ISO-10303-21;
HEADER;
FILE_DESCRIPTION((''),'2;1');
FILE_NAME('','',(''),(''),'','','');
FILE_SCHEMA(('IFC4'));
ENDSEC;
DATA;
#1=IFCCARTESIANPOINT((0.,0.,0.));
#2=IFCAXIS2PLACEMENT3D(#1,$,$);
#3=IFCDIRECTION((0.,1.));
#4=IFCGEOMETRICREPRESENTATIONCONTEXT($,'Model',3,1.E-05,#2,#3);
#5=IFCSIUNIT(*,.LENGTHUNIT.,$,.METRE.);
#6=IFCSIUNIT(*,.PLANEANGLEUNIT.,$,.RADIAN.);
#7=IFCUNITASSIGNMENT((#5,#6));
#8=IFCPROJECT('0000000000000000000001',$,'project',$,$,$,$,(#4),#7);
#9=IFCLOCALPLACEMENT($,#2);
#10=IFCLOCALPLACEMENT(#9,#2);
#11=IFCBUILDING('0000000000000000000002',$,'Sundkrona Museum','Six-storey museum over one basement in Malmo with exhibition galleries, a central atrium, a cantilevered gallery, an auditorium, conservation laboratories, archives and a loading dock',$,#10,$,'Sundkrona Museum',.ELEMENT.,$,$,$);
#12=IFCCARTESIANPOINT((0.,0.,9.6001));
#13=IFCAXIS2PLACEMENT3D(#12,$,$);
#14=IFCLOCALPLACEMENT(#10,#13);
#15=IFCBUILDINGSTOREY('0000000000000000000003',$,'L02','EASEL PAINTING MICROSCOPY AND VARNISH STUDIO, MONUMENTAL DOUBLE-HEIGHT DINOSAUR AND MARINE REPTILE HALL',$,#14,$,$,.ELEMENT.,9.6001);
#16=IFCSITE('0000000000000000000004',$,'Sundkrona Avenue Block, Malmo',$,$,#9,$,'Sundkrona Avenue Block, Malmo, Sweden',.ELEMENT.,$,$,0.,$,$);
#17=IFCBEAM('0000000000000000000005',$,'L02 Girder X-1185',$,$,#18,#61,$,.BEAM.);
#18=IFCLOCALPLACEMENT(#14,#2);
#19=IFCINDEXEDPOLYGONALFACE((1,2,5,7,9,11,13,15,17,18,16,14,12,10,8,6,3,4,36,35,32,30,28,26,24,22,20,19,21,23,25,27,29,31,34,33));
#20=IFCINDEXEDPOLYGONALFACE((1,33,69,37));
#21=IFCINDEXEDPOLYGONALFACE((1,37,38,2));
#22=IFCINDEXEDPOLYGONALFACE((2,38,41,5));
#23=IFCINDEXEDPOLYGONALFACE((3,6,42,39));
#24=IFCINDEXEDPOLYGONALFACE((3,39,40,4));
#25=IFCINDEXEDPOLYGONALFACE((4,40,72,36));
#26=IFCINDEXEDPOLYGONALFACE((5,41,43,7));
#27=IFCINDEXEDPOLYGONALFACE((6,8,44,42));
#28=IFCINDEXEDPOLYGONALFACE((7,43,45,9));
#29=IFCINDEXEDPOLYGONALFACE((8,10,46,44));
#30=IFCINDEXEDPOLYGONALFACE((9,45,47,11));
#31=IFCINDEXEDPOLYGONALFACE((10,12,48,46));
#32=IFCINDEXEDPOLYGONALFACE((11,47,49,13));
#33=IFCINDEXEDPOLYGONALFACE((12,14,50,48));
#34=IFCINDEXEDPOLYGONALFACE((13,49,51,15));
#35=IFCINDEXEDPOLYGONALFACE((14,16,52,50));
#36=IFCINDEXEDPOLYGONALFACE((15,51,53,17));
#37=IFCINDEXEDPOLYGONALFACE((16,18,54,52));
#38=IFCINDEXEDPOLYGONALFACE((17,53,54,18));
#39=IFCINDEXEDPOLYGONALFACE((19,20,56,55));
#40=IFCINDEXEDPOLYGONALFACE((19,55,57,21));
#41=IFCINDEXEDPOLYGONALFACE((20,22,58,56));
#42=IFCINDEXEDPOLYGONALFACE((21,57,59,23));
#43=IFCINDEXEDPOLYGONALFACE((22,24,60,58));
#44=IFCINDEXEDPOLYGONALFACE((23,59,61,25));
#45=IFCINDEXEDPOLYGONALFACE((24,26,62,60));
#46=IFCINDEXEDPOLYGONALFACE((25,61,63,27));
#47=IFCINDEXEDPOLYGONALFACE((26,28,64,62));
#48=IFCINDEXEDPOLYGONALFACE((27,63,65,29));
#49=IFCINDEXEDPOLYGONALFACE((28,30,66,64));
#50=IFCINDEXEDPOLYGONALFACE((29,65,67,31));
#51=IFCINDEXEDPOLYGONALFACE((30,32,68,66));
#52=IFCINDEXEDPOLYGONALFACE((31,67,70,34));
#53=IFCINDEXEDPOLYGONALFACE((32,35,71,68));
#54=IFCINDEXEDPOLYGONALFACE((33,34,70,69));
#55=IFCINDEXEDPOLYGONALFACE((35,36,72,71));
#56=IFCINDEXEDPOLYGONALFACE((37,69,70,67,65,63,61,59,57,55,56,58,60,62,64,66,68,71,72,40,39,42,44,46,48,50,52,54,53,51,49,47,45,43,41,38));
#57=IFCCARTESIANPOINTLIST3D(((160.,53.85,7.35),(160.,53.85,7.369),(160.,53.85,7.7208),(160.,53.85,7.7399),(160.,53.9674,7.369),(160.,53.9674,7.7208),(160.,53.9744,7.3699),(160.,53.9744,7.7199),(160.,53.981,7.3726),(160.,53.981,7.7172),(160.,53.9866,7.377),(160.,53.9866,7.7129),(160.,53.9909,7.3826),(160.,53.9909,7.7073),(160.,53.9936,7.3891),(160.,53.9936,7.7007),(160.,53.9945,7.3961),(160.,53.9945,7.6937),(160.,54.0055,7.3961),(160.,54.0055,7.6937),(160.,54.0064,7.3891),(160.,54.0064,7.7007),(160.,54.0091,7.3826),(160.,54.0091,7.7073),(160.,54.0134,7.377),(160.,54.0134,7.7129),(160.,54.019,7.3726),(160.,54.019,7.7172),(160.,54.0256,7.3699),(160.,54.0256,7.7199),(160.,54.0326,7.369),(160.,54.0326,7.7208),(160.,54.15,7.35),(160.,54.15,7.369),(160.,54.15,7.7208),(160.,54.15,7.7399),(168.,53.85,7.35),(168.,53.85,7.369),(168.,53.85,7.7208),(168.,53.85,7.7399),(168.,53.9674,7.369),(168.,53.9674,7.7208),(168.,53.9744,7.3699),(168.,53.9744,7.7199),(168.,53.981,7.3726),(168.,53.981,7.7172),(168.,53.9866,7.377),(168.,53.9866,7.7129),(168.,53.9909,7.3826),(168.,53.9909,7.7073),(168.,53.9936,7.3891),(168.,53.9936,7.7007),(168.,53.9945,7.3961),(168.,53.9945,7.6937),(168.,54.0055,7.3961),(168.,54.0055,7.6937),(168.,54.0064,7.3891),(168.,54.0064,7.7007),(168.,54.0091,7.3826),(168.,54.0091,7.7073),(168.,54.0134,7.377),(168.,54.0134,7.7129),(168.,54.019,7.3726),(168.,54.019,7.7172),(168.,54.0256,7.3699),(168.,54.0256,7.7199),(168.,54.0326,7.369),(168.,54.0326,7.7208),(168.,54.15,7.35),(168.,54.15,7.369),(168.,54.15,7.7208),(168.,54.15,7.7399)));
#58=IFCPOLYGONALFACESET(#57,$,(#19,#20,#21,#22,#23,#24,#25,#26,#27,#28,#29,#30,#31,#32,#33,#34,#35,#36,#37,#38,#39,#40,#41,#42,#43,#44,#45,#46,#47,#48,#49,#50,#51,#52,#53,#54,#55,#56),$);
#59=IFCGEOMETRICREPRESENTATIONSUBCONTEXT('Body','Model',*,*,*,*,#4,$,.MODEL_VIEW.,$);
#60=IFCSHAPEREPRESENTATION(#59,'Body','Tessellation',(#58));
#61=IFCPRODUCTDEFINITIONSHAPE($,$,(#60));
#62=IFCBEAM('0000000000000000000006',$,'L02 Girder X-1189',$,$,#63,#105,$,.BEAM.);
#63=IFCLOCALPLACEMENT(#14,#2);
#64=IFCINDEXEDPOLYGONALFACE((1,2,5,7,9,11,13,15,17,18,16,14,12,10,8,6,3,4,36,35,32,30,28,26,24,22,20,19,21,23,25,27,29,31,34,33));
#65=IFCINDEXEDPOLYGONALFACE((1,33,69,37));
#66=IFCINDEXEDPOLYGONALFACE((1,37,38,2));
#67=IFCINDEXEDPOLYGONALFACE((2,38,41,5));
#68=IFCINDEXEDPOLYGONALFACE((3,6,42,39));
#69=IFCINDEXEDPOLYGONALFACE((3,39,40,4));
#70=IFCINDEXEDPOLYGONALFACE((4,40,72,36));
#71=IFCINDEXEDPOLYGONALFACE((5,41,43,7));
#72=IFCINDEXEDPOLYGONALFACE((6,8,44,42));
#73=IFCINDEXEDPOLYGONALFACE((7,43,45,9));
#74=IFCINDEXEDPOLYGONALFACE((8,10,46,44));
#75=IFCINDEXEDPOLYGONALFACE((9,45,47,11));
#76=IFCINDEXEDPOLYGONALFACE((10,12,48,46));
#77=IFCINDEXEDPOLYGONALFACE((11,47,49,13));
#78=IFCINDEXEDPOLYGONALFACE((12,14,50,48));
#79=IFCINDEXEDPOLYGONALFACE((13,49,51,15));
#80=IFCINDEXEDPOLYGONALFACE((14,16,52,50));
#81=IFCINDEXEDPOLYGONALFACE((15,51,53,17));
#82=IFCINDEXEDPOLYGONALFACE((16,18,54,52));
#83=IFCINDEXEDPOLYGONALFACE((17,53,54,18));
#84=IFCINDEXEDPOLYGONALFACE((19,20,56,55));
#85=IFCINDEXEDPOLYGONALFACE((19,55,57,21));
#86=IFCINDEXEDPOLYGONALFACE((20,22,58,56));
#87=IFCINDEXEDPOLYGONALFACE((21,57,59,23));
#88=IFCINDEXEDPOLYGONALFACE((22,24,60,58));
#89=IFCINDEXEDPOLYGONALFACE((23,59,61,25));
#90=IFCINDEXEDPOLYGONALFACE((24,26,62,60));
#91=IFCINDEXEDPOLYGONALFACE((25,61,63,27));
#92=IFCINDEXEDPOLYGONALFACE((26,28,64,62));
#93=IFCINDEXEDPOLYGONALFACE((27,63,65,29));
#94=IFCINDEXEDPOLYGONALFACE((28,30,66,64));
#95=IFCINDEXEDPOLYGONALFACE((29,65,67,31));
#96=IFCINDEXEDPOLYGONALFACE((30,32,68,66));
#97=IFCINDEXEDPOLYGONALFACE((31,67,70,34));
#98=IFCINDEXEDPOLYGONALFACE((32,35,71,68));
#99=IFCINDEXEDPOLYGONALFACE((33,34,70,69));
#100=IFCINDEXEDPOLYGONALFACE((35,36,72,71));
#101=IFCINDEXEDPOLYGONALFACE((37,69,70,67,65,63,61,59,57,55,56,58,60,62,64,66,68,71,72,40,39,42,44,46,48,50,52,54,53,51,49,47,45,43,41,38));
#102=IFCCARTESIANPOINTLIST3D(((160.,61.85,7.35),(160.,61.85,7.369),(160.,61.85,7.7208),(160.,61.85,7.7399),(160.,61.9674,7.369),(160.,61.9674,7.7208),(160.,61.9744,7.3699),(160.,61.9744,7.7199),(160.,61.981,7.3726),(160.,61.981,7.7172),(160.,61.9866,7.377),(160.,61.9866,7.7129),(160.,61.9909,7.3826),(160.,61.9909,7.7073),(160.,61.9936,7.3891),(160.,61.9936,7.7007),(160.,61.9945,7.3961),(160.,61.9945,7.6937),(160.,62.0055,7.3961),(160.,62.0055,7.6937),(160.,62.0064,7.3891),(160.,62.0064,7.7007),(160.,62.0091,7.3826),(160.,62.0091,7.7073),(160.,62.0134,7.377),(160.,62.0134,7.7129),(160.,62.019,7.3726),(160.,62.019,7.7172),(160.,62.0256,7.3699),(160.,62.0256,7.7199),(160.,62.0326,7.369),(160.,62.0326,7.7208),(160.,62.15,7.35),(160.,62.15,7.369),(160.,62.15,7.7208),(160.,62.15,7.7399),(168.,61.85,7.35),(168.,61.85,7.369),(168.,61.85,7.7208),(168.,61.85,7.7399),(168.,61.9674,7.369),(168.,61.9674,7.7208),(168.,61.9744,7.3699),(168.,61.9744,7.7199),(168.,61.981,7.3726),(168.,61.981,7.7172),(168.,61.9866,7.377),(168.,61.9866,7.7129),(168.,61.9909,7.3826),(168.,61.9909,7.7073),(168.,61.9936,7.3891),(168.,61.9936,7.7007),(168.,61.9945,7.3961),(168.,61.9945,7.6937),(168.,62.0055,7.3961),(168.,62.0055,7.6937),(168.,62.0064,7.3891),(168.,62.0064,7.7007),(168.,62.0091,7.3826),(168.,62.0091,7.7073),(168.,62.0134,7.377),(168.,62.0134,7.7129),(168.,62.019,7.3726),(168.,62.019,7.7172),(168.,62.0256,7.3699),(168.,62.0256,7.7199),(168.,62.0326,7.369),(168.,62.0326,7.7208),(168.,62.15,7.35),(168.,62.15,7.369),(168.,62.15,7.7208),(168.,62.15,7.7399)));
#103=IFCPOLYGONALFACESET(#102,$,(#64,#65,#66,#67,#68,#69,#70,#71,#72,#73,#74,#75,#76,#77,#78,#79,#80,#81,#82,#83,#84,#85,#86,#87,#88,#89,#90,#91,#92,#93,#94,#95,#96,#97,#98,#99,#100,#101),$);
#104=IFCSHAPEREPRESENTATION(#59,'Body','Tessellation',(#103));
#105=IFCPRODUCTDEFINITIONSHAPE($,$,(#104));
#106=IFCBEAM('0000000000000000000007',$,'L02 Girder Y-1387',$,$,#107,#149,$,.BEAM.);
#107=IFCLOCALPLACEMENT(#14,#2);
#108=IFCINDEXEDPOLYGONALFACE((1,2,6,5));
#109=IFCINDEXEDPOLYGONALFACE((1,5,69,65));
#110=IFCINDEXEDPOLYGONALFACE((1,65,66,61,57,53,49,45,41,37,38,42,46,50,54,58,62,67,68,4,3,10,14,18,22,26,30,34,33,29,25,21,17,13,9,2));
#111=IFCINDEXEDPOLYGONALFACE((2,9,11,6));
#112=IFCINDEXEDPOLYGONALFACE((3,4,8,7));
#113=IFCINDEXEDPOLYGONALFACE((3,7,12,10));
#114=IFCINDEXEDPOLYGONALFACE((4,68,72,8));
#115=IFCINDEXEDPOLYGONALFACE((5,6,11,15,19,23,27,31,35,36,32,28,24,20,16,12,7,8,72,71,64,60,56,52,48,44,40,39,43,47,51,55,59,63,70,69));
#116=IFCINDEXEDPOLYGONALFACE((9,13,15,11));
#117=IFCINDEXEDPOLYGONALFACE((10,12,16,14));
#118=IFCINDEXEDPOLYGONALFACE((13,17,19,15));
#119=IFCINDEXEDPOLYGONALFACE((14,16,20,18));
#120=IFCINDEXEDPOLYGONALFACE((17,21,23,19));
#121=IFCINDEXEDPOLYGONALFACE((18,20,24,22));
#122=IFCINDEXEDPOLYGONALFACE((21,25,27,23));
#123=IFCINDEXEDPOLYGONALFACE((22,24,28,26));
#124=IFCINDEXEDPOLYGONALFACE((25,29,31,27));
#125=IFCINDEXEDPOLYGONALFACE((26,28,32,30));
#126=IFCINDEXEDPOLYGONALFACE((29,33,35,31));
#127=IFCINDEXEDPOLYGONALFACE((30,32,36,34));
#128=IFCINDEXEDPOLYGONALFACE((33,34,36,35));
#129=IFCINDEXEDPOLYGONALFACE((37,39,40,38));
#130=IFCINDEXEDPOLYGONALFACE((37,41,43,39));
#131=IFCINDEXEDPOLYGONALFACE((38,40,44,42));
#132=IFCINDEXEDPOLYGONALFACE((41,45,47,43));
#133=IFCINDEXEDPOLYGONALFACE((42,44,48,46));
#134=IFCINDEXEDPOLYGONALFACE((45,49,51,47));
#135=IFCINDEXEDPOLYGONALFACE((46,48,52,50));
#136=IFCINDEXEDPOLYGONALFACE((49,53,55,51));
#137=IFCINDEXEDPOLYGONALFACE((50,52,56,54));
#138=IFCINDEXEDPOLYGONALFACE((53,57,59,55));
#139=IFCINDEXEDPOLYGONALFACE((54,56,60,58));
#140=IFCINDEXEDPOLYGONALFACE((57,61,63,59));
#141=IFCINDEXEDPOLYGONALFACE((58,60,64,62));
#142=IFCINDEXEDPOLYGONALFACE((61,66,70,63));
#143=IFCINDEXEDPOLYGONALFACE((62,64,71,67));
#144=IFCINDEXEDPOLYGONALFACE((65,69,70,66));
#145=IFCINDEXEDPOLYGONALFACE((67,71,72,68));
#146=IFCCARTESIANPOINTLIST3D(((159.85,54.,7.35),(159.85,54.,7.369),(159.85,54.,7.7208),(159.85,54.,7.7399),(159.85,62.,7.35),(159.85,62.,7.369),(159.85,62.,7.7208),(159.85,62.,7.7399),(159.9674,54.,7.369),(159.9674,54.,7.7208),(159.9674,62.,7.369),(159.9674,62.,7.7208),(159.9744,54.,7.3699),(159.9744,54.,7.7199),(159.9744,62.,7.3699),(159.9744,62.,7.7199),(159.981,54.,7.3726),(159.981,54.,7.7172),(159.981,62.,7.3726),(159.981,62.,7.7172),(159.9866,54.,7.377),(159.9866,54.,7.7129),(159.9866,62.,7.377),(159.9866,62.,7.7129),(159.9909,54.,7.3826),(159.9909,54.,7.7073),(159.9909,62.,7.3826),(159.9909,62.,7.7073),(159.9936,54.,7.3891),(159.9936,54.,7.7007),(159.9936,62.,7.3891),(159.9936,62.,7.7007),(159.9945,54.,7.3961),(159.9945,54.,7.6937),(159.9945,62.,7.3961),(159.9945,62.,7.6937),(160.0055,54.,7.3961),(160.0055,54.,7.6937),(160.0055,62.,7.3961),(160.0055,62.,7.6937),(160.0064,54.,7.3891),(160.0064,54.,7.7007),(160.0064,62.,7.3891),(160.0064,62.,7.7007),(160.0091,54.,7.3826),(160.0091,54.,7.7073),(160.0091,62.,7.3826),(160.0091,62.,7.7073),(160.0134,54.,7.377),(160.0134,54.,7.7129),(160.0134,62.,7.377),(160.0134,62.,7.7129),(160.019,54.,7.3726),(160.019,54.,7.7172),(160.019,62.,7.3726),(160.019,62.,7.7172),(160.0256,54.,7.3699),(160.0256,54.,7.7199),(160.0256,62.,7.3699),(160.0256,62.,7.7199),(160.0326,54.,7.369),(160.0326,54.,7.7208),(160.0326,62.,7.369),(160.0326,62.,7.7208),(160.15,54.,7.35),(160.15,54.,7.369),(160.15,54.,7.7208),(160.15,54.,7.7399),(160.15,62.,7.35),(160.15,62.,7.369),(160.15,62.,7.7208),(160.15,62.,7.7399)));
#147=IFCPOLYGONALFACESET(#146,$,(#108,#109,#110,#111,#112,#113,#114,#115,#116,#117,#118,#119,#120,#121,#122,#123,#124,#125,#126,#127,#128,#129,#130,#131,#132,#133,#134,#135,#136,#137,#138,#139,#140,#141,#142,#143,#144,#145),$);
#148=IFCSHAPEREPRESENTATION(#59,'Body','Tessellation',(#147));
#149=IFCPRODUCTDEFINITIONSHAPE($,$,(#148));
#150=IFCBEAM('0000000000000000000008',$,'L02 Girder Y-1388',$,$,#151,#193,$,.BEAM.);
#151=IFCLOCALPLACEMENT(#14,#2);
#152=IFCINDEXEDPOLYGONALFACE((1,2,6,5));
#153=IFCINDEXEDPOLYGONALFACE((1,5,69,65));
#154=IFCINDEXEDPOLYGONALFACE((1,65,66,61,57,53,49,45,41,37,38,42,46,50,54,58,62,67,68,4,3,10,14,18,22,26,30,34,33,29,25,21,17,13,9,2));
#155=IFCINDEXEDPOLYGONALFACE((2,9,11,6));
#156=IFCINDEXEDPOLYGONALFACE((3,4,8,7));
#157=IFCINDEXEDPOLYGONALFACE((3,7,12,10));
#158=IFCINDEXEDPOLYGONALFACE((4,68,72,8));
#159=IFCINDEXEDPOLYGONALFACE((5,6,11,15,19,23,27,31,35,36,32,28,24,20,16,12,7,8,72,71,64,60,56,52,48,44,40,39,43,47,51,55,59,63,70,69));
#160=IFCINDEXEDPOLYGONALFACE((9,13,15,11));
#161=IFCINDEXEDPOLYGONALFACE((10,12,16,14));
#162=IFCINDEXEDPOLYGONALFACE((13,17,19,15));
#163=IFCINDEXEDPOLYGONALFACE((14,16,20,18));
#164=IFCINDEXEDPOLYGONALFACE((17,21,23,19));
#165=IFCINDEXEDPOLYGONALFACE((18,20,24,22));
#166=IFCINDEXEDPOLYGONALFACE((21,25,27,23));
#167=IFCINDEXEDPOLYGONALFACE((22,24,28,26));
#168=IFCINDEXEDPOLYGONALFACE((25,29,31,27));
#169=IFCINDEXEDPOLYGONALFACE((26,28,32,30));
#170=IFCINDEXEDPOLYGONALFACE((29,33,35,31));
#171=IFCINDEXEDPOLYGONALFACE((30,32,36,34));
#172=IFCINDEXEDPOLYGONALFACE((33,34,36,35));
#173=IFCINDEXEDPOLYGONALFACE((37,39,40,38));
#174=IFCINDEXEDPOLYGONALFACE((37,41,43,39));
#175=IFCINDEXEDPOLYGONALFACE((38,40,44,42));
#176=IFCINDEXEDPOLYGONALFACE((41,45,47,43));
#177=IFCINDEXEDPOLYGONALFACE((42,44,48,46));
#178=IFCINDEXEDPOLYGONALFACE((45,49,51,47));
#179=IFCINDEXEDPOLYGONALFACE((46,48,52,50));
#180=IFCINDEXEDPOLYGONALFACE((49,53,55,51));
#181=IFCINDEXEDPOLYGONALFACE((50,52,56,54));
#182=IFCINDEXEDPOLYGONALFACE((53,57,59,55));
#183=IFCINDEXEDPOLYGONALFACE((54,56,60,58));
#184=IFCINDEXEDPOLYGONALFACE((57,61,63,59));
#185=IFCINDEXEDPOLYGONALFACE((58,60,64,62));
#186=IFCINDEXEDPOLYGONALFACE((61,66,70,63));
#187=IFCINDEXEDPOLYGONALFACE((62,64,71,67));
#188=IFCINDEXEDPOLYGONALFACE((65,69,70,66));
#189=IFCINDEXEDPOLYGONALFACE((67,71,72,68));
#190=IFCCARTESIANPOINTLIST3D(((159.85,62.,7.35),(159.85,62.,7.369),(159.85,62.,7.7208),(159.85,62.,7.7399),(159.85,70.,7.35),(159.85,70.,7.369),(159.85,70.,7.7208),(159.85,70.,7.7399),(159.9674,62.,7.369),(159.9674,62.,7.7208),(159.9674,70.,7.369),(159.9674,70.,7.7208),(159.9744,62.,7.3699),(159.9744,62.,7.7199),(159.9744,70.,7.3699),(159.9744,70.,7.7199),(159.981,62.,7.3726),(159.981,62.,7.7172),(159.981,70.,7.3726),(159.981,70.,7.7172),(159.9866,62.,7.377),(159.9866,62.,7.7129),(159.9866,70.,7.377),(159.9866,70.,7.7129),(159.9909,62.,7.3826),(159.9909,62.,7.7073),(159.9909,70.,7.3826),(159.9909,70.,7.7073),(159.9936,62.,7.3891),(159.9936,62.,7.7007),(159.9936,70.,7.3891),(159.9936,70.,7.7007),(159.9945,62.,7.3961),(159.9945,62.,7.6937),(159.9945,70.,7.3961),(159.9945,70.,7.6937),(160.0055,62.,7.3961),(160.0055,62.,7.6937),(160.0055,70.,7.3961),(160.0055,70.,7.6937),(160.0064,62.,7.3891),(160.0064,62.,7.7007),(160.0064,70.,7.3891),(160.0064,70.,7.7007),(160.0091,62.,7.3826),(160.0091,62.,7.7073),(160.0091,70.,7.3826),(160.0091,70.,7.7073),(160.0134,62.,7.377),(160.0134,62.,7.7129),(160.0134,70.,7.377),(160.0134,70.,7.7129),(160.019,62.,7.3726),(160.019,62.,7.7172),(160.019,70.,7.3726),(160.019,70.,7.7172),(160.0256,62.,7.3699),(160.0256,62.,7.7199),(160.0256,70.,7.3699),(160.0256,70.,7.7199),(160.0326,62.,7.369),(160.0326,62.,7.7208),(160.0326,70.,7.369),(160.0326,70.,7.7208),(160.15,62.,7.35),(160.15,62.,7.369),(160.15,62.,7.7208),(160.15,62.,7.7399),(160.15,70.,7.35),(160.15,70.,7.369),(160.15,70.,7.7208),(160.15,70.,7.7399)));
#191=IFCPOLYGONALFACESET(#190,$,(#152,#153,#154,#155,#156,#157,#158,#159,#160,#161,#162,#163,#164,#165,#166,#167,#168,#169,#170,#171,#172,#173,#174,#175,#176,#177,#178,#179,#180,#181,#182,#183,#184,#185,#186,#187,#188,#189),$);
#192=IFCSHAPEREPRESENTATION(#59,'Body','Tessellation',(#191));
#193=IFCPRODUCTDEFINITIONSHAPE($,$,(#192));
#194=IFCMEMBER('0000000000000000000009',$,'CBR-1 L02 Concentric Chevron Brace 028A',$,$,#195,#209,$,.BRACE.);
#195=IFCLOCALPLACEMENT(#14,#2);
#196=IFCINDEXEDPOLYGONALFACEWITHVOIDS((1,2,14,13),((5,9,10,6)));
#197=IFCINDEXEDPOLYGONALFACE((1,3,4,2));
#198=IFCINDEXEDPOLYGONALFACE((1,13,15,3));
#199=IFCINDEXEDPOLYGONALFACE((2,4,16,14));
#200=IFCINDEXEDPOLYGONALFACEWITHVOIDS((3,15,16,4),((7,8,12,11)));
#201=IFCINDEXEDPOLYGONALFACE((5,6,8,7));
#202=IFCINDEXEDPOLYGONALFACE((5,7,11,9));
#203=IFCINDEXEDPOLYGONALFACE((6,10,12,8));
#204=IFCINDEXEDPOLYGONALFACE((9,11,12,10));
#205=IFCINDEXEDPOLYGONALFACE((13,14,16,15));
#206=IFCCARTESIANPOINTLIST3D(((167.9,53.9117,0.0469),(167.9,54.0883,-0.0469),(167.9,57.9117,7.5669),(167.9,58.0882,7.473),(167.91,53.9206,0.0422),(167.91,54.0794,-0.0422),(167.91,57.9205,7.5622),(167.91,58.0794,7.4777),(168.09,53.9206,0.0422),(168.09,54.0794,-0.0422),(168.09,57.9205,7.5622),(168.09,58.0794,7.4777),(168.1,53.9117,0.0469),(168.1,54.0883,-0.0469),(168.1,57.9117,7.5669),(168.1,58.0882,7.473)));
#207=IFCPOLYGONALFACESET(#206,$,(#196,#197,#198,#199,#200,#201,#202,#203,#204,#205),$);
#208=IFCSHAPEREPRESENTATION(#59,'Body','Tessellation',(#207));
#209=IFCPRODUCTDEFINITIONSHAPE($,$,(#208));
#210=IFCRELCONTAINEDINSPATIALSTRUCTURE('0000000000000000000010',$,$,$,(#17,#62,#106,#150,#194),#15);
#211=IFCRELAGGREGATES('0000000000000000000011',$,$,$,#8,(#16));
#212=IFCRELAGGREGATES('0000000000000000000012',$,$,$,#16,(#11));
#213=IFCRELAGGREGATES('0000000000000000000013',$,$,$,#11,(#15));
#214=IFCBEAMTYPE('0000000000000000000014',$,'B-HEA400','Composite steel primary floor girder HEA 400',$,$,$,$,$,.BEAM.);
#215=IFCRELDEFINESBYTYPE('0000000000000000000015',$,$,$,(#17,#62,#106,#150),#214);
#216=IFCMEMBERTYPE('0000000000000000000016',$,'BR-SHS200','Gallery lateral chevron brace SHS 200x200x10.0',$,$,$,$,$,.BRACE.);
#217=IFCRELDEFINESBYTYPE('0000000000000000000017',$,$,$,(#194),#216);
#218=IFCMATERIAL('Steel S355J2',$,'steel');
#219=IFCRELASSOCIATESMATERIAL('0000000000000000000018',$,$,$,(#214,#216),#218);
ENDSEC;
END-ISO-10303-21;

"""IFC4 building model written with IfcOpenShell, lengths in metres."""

from ifc_helpers import new_model, si_unit, direction, frame, origin, origin_2d, place, context, subcontext, project, spatial, hollow_rectangle, i_section, extrude, material, material_profile, profile_set, type_object, element, save


model = new_model("IFC4")

# Units and contexts
model_context = context("Model", 3, precision=1e-05, world=origin(), true_north=direction((0.0, 1.0)))
body_context = subcontext(model_context, "Body", "Model", "MODEL_VIEW")
ifc_project = project(units=[si_unit("LENGTHUNIT", "METRE"), si_unit("PLANEANGLEUNIT", "RADIAN")], contexts=[model_context])

# Site, building, storey
site_placement = place(None, origin())
site = spatial("IfcSite", under=ifc_project, at=site_placement, Name="Sundkrona Avenue Block, Malmo", LongName="Sundkrona Avenue Block, Malmo, Sweden", CompositionType="ELEMENT", RefElevation=0.0)
building_placement = place(site_placement, origin())
building = spatial("IfcBuilding", under=site, at=building_placement, Name="Sundkrona Museum", Description="Six-storey museum over one basement in Malmo with exhibition galleries, a central atrium, a cantilevered gallery, an auditorium, conservation laboratories, archives and a loading dock", LongName="Sundkrona Museum", CompositionType="ELEMENT")
storey_placement = place(building_placement, frame((0.0, 0.0, 9.6001)))
storey = spatial("IfcBuildingStorey", under=building, at=storey_placement, Name="L02", Description="EASEL PAINTING MICROSCOPY AND VARNISH STUDIO, MONUMENTAL DOUBLE-HEIGHT DINOSAUR AND MARINE REPTILE HALL", CompositionType="ELEMENT", Elevation=9.6001)

# Shared definitions
ifc_material_1 = material(Name="Steel S355J2", Category="steel")

# Beams
ifc_material_profile_1 = material_profile(ifc_material_1, i_section(OverallWidth=0.3, OverallDepth=0.3899, WebThickness=0.011, FlangeThickness=0.019, FilletRadius=0.0271, at=origin_2d()), Name="HEA 400")
ifc_profile_set_1 = profile_set([ifc_material_profile_1], Name="Steel S355J2")
beam_type_1 = type_object("IfcBeamType", Name="B-HEA400", Description="Composite steel primary floor girder HEA 400", PredefinedType="BEAM", material=ifc_profile_set_1)
for number, where, z_axis, x_axis, name in (
    (1, (160.0, 54.0, 7.5449), (1.0, 0.0, 0.0), (0.0, 1.0, 0.0), "L02 Girder X-1185"),
    (2, (160.0, 62.0, 7.5449), (1.0, 0.0, 0.0), (0.0, 1.0, 0.0), "L02 Girder X-1189"),
    (3, (160.0, 54.0, 7.5449), (0.0, 1.0, 0.0), (-1.0, 0.0, 0.0), "L02 Girder Y-1387"),
    (4, (160.0, 62.0, 7.5449), (0.0, 1.0, 0.0), (-1.0, 0.0, 0.0), "L02 Girder Y-1388"),
):
    element("IfcBeam", number, at=place(storey_placement, frame(where, z_axis=z_axis, x_axis=x_axis)), inside=storey, type_object=beam_type_1, Name=name, PredefinedType="BEAM", context=body_context, shape_type="SweptSolid", body=[
        extrude(i_section(OverallWidth=0.3, OverallDepth=0.3899, WebThickness=0.011, FlangeThickness=0.019, FilletRadius=0.0271, at=origin_2d()), origin(), (0.0, 0.0, 1.0), 8.0),
    ])

# Member
ifc_material_profile_2 = material_profile(ifc_material_1, hollow_rectangle(XDim=0.2, YDim=0.2, WallThickness=0.01, at=origin_2d()), Name="SHS 200x200x10.0")
ifc_profile_set_2 = profile_set([ifc_material_profile_2], Name="Steel S355J2")
member_type = type_object("IfcMemberType", Name="BR-SHS200", Description="Gallery lateral chevron brace SHS 200x200x10.0", PredefinedType="BRACE", material=ifc_profile_set_2)
for number, where, z_axis, x_axis, name in (
    (5, (168.0, 54.0, 0.0), (0.0, 0.469612, 0.882873), (-1.0, 0.0, 0.0), "CBR-1 L02 Concentric Chevron Brace 028A"),
):
    element("IfcMember", number, at=place(storey_placement, frame(where, z_axis=z_axis, x_axis=x_axis)), inside=storey, type_object=member_type, Name=name, PredefinedType="BRACE", context=body_context, shape_type="SweptSolid", body=[
        extrude(hollow_rectangle(XDim=0.2, YDim=0.2, WallThickness=0.01, at=origin_2d()), origin(), (0.0, 0.0, 1.0), 8.5176),
    ])

save(model, "model.ifc")
